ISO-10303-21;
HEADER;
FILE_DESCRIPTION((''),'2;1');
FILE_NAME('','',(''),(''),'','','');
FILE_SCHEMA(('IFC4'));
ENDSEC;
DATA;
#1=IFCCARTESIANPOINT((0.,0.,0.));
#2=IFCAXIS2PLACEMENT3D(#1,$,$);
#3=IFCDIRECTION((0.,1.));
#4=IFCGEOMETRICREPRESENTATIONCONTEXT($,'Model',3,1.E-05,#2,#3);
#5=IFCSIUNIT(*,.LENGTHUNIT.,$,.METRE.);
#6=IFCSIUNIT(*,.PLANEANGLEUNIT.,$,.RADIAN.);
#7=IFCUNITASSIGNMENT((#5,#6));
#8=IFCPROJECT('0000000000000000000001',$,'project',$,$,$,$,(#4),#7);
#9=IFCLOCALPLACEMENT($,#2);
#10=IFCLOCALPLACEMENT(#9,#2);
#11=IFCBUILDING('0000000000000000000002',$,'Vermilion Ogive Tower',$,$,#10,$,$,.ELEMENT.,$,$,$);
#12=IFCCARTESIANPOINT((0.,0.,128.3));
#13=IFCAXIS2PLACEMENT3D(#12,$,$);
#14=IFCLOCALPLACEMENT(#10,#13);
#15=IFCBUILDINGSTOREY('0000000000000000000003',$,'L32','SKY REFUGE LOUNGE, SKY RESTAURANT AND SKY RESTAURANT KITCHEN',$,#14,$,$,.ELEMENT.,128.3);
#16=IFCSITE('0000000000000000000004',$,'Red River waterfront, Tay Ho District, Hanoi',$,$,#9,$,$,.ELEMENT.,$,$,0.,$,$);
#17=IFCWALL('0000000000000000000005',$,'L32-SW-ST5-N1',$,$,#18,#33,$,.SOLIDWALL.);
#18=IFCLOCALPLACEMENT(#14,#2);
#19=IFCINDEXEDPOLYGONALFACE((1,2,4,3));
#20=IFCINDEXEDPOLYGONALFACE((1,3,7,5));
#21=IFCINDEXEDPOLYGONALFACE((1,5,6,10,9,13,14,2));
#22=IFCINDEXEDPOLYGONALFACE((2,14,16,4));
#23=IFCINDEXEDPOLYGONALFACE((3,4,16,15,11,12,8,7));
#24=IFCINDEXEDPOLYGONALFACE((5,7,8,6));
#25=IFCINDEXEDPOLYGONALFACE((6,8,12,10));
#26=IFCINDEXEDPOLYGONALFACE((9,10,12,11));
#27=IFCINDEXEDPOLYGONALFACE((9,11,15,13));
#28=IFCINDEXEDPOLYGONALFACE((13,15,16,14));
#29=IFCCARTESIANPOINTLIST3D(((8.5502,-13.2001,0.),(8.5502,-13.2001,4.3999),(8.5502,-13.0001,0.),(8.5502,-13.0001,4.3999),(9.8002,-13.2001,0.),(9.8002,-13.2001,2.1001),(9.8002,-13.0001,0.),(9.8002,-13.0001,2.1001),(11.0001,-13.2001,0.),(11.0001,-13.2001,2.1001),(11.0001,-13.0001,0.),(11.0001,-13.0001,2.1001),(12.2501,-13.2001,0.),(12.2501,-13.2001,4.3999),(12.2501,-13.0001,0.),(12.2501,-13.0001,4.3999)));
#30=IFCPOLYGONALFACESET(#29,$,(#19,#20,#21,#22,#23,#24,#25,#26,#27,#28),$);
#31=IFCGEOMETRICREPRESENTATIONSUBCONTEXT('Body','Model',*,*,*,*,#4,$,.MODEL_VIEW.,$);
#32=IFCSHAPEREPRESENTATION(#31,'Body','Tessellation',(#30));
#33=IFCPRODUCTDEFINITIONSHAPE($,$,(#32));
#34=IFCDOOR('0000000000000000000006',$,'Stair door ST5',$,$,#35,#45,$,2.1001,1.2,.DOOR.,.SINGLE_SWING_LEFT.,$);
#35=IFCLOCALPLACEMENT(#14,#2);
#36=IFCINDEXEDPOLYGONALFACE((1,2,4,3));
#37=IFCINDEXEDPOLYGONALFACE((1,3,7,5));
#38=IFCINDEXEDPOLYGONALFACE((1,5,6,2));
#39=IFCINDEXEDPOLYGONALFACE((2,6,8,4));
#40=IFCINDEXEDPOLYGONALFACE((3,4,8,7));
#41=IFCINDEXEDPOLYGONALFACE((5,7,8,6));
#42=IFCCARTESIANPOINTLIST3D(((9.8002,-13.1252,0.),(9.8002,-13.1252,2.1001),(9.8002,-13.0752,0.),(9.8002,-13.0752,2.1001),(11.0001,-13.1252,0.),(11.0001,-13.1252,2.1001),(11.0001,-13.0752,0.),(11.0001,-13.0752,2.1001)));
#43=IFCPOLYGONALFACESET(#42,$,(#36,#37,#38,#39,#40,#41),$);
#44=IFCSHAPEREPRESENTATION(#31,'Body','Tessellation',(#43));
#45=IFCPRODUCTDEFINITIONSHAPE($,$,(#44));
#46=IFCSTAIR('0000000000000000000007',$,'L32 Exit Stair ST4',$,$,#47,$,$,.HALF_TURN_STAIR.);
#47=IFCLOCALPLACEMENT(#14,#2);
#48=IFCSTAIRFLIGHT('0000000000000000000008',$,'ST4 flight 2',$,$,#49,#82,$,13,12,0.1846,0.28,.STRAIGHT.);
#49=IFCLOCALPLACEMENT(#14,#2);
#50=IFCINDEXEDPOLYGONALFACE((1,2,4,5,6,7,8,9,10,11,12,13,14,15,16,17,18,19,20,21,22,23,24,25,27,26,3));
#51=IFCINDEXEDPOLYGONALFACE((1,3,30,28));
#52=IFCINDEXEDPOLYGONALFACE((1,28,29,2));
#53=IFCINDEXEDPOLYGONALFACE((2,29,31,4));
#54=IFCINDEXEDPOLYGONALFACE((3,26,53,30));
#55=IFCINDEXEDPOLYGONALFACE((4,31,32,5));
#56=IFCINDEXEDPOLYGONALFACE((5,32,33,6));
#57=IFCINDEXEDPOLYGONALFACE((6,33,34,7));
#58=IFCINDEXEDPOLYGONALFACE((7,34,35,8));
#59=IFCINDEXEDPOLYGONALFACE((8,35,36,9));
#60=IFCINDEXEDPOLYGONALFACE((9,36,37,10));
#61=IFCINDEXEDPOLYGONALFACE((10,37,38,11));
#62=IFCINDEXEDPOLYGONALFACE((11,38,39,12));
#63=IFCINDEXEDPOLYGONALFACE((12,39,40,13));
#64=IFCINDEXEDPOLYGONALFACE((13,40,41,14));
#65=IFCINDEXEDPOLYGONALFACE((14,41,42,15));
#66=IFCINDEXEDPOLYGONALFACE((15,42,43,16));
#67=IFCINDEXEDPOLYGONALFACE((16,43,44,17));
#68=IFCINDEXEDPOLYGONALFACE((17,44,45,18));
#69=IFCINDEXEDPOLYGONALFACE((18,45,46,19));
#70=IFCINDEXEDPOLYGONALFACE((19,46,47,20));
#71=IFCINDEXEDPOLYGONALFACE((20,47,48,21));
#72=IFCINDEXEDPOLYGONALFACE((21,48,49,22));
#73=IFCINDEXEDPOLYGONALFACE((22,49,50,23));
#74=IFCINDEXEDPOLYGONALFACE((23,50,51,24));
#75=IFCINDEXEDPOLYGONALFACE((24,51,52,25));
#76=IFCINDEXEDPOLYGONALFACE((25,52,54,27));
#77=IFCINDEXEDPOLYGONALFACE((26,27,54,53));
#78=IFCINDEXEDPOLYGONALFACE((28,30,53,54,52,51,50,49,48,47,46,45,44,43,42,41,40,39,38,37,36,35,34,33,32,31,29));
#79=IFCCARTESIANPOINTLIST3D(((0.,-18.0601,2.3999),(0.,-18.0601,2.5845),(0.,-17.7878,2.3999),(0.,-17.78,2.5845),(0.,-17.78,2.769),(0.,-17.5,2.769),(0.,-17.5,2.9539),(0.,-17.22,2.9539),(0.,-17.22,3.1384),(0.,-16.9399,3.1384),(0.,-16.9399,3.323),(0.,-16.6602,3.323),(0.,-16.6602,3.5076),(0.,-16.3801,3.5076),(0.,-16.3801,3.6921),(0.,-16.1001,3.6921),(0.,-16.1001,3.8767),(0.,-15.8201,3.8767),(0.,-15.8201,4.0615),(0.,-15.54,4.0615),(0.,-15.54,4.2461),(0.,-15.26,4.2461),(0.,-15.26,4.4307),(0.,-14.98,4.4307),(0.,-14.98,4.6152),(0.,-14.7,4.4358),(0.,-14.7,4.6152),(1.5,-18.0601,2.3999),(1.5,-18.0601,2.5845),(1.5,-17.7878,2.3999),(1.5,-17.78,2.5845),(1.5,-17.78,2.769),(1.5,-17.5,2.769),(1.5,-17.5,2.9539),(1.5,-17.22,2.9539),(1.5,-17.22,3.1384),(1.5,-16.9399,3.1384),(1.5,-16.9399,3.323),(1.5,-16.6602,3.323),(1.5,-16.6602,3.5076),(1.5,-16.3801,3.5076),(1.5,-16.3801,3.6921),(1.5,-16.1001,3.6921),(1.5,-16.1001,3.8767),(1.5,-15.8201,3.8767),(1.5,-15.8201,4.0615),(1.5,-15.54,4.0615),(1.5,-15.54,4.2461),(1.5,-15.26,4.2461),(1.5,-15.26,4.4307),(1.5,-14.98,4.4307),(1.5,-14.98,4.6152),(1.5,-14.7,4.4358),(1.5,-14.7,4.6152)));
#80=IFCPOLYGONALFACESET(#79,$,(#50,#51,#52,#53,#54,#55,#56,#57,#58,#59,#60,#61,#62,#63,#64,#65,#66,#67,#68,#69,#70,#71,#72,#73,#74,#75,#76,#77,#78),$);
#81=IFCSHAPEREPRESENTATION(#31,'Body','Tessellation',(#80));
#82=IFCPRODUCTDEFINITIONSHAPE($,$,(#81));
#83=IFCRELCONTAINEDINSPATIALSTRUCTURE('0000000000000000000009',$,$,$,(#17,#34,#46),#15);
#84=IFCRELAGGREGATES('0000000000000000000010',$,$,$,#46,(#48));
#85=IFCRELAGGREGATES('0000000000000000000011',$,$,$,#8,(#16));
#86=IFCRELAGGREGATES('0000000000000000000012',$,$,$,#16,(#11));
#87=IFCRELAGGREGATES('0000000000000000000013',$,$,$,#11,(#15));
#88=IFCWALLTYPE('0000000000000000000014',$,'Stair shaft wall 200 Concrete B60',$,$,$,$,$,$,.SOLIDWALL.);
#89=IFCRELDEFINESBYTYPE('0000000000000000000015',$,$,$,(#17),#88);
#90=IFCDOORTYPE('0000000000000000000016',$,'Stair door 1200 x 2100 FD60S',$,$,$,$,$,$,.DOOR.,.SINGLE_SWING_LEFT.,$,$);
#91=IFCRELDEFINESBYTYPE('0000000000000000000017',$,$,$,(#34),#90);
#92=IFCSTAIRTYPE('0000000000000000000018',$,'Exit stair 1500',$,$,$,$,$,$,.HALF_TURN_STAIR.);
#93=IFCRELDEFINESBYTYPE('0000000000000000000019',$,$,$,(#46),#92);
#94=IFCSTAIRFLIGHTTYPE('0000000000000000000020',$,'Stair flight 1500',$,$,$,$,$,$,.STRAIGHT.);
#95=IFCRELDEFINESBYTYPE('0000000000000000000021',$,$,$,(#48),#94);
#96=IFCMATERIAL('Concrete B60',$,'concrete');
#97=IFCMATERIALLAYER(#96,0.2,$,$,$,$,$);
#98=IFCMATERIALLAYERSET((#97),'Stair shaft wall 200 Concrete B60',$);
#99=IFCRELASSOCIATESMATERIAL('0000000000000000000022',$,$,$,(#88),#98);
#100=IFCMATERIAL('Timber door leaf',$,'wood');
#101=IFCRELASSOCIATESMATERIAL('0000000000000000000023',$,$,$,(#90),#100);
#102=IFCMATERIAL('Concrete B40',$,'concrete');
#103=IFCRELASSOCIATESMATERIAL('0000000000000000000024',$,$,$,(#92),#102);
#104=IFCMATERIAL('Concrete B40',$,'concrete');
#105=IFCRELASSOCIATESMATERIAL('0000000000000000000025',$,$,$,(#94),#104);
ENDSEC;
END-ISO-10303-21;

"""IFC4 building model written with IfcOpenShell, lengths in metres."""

from ifc_helpers import new_model, si_unit, direction, frame, frame_2d, origin, place, context, subcontext, project, spatial, polyline, rectangle, outline, extrude, material, layer, layer_set, type_object, element, fill, aggregate, save


model = new_model("IFC4")

# Units and contexts
model_context = context("Model", 3, precision=1e-05, world=origin(), true_north=direction((0.0, 1.0)))
body_context = subcontext(model_context, "Body", "Model", "MODEL_VIEW")
ifc_project = project(units=[si_unit("LENGTHUNIT", "METRE"), si_unit("PLANEANGLEUNIT", "RADIAN")], contexts=[model_context])

# Site, building, storey
site_placement = place(None, origin())
site = spatial("IfcSite", under=ifc_project, at=site_placement, Name="Red River waterfront, Tay Ho District, Hanoi", CompositionType="ELEMENT", RefElevation=0.0)
building_placement = place(site_placement, origin())
building = spatial("IfcBuilding", under=site, at=building_placement, Name="Vermilion Ogive Tower", CompositionType="ELEMENT")
storey_placement = place(building_placement, frame((0.0, 0.0, 128.3)))
storey = spatial("IfcBuildingStorey", under=building, at=storey_placement, Name="L32", Description="SKY REFUGE LOUNGE, SKY RESTAURANT AND SKY RESTAURANT KITCHEN", CompositionType="ELEMENT", Elevation=128.3)

# Shared definitions
ifc_material_1 = material(Name="Concrete B60", Category="concrete")
ifc_layer_1 = layer(ifc_material_1, 0.2)
ifc_layer_set_1 = layer_set([ifc_layer_1], Name="Stair shaft wall 200 Concrete B60")
wall_type_1 = type_object("IfcWallType", Name="Stair shaft wall 200 Concrete B60", PredefinedType="SOLIDWALL", material=ifc_layer_set_1)

# Wall, opening, door
wall_1_placement = place(storey_placement, frame((8.55, -13.1001, 0.0), z_axis=(0.0, 0.0, 1.0), x_axis=(1.0, 0.0, 0.0)))
wall_1 = element("IfcWall", 1, at=wall_1_placement, inside=storey, type_object=wall_type_1, Name="L32-SW-ST5-N1", PredefinedType="SOLIDWALL", context=body_context, shape_type="SweptSolid", body=[
    extrude(rectangle(XDim=3.7, YDim=0.2, at=frame_2d((1.8501, 0.0))), origin(), (0.0, 0.0, 1.0), 4.3999),
])
opening_1_placement = place(wall_1_placement, frame((1.25, 0.0, 0.0)))
opening_1 = element("IfcOpeningElement", 2, at=opening_1_placement, cuts=wall_1, PredefinedType="OPENING", context=body_context, shape_type="SweptSolid", body=[
    extrude(rectangle(XDim=1.2, YDim=2.1001, at=frame_2d((0.6001, 1.05))), frame((0.0, 0.1099, 0.0), z_axis=(0.0, -1.0, 0.0), x_axis=(1.0, 0.0, 0.0)), (0.0, 0.0, 1.0), 0.22),
])
ifc_material_2 = material(Name="Timber door leaf", Category="wood")
door_type_1 = type_object("IfcDoorType", Name="Stair door 1200 x 2100 FD60S", OperationType="SINGLE_SWING_LEFT", PredefinedType="DOOR", material=ifc_material_2)
door_1_placement = place(opening_1_placement, origin())
door_1 = element("IfcDoor", 3, at=door_1_placement, inside=storey, type_object=door_type_1, Name="Stair door ST5", OperationType="SINGLE_SWING_LEFT", OverallHeight=2.1001, OverallWidth=1.2, PredefinedType="DOOR", context=body_context, shape_type="SweptSolid", body=[
    extrude(rectangle(XDim=1.2, YDim=2.1001, at=frame_2d((0.6001, 1.05))), frame((0.0, 0.0249, 0.0), z_axis=(0.0, -1.0, 0.0), x_axis=(1.0, 0.0, 0.0)), (0.0, 0.0, 1.0), 0.05),
])
fill(opening_1, door_1)

# Stair, stair flight
ifc_material_3 = material(Name="Concrete B40", Category="concrete")
stair_type = type_object("IfcStairType", Name="Exit stair 1500", PredefinedType="HALF_TURN_STAIR", material=ifc_material_3)
stair_placement = place(storey_placement, origin())
stair = element("IfcStair", 4, at=stair_placement, inside=storey, type_object=stair_type, Name="L32 Exit Stair ST4", PredefinedType="HALF_TURN_STAIR")
ifc_material_4 = material(Name="Concrete B40", Category="concrete")
stair_flight_type = type_object("IfcStairFlightType", Name="Stair flight 1500", PredefinedType="STRAIGHT", material=ifc_material_4)
stair_flight_placement = place(storey_placement, frame((0.75, -18.0601, 2.3999), z_axis=(0.0, 0.0, 1.0), x_axis=(0.0, 1.0, 0.0)))
stair_flight = element("IfcStairFlight", 5, at=stair_flight_placement, type_object=stair_flight_type, Name="ST4 flight 2", NumberOfRisers=13, NumberOfTreads=12, PredefinedType="STRAIGHT", RiserHeight=0.1846, TreadLength=0.28, context=body_context, shape_type="SweptSolid", body=[
    extrude(outline(polyline([(0.0, 0.0), (0.0, 0.1846), (0.28, 0.1846), (0.28, 0.3691), (0.5601, 0.3691), (0.5601, 0.554), (0.8401, 0.554), (0.8401, 0.7385), (1.1201, 0.7385), (1.1201, 0.9231), (1.3999, 0.9231), (1.3999, 1.1077), (1.6799, 1.1077), (1.6799, 1.2922), (1.96, 1.2922), (1.96, 1.4768), (2.24, 1.4768), (2.24, 1.6616), (2.52, 1.6616), (2.52, 1.8462), (2.8, 1.8462), (2.8, 2.0308), (3.0801, 2.0308), (3.0801, 2.2153), (3.3601, 2.2153), (3.3601, 2.3999), (3.3601, 2.0359), (0.2722, 0.0), (0.0, 0.0)])), frame((0.0, 0.75, 0.0), z_axis=(0.0, -1.0, 0.0), x_axis=(1.0, 0.0, 0.0)), (0.0, 0.0, 1.0), 1.5),
])
aggregate(stair, [stair_flight])

save(model, "model.ifc")
